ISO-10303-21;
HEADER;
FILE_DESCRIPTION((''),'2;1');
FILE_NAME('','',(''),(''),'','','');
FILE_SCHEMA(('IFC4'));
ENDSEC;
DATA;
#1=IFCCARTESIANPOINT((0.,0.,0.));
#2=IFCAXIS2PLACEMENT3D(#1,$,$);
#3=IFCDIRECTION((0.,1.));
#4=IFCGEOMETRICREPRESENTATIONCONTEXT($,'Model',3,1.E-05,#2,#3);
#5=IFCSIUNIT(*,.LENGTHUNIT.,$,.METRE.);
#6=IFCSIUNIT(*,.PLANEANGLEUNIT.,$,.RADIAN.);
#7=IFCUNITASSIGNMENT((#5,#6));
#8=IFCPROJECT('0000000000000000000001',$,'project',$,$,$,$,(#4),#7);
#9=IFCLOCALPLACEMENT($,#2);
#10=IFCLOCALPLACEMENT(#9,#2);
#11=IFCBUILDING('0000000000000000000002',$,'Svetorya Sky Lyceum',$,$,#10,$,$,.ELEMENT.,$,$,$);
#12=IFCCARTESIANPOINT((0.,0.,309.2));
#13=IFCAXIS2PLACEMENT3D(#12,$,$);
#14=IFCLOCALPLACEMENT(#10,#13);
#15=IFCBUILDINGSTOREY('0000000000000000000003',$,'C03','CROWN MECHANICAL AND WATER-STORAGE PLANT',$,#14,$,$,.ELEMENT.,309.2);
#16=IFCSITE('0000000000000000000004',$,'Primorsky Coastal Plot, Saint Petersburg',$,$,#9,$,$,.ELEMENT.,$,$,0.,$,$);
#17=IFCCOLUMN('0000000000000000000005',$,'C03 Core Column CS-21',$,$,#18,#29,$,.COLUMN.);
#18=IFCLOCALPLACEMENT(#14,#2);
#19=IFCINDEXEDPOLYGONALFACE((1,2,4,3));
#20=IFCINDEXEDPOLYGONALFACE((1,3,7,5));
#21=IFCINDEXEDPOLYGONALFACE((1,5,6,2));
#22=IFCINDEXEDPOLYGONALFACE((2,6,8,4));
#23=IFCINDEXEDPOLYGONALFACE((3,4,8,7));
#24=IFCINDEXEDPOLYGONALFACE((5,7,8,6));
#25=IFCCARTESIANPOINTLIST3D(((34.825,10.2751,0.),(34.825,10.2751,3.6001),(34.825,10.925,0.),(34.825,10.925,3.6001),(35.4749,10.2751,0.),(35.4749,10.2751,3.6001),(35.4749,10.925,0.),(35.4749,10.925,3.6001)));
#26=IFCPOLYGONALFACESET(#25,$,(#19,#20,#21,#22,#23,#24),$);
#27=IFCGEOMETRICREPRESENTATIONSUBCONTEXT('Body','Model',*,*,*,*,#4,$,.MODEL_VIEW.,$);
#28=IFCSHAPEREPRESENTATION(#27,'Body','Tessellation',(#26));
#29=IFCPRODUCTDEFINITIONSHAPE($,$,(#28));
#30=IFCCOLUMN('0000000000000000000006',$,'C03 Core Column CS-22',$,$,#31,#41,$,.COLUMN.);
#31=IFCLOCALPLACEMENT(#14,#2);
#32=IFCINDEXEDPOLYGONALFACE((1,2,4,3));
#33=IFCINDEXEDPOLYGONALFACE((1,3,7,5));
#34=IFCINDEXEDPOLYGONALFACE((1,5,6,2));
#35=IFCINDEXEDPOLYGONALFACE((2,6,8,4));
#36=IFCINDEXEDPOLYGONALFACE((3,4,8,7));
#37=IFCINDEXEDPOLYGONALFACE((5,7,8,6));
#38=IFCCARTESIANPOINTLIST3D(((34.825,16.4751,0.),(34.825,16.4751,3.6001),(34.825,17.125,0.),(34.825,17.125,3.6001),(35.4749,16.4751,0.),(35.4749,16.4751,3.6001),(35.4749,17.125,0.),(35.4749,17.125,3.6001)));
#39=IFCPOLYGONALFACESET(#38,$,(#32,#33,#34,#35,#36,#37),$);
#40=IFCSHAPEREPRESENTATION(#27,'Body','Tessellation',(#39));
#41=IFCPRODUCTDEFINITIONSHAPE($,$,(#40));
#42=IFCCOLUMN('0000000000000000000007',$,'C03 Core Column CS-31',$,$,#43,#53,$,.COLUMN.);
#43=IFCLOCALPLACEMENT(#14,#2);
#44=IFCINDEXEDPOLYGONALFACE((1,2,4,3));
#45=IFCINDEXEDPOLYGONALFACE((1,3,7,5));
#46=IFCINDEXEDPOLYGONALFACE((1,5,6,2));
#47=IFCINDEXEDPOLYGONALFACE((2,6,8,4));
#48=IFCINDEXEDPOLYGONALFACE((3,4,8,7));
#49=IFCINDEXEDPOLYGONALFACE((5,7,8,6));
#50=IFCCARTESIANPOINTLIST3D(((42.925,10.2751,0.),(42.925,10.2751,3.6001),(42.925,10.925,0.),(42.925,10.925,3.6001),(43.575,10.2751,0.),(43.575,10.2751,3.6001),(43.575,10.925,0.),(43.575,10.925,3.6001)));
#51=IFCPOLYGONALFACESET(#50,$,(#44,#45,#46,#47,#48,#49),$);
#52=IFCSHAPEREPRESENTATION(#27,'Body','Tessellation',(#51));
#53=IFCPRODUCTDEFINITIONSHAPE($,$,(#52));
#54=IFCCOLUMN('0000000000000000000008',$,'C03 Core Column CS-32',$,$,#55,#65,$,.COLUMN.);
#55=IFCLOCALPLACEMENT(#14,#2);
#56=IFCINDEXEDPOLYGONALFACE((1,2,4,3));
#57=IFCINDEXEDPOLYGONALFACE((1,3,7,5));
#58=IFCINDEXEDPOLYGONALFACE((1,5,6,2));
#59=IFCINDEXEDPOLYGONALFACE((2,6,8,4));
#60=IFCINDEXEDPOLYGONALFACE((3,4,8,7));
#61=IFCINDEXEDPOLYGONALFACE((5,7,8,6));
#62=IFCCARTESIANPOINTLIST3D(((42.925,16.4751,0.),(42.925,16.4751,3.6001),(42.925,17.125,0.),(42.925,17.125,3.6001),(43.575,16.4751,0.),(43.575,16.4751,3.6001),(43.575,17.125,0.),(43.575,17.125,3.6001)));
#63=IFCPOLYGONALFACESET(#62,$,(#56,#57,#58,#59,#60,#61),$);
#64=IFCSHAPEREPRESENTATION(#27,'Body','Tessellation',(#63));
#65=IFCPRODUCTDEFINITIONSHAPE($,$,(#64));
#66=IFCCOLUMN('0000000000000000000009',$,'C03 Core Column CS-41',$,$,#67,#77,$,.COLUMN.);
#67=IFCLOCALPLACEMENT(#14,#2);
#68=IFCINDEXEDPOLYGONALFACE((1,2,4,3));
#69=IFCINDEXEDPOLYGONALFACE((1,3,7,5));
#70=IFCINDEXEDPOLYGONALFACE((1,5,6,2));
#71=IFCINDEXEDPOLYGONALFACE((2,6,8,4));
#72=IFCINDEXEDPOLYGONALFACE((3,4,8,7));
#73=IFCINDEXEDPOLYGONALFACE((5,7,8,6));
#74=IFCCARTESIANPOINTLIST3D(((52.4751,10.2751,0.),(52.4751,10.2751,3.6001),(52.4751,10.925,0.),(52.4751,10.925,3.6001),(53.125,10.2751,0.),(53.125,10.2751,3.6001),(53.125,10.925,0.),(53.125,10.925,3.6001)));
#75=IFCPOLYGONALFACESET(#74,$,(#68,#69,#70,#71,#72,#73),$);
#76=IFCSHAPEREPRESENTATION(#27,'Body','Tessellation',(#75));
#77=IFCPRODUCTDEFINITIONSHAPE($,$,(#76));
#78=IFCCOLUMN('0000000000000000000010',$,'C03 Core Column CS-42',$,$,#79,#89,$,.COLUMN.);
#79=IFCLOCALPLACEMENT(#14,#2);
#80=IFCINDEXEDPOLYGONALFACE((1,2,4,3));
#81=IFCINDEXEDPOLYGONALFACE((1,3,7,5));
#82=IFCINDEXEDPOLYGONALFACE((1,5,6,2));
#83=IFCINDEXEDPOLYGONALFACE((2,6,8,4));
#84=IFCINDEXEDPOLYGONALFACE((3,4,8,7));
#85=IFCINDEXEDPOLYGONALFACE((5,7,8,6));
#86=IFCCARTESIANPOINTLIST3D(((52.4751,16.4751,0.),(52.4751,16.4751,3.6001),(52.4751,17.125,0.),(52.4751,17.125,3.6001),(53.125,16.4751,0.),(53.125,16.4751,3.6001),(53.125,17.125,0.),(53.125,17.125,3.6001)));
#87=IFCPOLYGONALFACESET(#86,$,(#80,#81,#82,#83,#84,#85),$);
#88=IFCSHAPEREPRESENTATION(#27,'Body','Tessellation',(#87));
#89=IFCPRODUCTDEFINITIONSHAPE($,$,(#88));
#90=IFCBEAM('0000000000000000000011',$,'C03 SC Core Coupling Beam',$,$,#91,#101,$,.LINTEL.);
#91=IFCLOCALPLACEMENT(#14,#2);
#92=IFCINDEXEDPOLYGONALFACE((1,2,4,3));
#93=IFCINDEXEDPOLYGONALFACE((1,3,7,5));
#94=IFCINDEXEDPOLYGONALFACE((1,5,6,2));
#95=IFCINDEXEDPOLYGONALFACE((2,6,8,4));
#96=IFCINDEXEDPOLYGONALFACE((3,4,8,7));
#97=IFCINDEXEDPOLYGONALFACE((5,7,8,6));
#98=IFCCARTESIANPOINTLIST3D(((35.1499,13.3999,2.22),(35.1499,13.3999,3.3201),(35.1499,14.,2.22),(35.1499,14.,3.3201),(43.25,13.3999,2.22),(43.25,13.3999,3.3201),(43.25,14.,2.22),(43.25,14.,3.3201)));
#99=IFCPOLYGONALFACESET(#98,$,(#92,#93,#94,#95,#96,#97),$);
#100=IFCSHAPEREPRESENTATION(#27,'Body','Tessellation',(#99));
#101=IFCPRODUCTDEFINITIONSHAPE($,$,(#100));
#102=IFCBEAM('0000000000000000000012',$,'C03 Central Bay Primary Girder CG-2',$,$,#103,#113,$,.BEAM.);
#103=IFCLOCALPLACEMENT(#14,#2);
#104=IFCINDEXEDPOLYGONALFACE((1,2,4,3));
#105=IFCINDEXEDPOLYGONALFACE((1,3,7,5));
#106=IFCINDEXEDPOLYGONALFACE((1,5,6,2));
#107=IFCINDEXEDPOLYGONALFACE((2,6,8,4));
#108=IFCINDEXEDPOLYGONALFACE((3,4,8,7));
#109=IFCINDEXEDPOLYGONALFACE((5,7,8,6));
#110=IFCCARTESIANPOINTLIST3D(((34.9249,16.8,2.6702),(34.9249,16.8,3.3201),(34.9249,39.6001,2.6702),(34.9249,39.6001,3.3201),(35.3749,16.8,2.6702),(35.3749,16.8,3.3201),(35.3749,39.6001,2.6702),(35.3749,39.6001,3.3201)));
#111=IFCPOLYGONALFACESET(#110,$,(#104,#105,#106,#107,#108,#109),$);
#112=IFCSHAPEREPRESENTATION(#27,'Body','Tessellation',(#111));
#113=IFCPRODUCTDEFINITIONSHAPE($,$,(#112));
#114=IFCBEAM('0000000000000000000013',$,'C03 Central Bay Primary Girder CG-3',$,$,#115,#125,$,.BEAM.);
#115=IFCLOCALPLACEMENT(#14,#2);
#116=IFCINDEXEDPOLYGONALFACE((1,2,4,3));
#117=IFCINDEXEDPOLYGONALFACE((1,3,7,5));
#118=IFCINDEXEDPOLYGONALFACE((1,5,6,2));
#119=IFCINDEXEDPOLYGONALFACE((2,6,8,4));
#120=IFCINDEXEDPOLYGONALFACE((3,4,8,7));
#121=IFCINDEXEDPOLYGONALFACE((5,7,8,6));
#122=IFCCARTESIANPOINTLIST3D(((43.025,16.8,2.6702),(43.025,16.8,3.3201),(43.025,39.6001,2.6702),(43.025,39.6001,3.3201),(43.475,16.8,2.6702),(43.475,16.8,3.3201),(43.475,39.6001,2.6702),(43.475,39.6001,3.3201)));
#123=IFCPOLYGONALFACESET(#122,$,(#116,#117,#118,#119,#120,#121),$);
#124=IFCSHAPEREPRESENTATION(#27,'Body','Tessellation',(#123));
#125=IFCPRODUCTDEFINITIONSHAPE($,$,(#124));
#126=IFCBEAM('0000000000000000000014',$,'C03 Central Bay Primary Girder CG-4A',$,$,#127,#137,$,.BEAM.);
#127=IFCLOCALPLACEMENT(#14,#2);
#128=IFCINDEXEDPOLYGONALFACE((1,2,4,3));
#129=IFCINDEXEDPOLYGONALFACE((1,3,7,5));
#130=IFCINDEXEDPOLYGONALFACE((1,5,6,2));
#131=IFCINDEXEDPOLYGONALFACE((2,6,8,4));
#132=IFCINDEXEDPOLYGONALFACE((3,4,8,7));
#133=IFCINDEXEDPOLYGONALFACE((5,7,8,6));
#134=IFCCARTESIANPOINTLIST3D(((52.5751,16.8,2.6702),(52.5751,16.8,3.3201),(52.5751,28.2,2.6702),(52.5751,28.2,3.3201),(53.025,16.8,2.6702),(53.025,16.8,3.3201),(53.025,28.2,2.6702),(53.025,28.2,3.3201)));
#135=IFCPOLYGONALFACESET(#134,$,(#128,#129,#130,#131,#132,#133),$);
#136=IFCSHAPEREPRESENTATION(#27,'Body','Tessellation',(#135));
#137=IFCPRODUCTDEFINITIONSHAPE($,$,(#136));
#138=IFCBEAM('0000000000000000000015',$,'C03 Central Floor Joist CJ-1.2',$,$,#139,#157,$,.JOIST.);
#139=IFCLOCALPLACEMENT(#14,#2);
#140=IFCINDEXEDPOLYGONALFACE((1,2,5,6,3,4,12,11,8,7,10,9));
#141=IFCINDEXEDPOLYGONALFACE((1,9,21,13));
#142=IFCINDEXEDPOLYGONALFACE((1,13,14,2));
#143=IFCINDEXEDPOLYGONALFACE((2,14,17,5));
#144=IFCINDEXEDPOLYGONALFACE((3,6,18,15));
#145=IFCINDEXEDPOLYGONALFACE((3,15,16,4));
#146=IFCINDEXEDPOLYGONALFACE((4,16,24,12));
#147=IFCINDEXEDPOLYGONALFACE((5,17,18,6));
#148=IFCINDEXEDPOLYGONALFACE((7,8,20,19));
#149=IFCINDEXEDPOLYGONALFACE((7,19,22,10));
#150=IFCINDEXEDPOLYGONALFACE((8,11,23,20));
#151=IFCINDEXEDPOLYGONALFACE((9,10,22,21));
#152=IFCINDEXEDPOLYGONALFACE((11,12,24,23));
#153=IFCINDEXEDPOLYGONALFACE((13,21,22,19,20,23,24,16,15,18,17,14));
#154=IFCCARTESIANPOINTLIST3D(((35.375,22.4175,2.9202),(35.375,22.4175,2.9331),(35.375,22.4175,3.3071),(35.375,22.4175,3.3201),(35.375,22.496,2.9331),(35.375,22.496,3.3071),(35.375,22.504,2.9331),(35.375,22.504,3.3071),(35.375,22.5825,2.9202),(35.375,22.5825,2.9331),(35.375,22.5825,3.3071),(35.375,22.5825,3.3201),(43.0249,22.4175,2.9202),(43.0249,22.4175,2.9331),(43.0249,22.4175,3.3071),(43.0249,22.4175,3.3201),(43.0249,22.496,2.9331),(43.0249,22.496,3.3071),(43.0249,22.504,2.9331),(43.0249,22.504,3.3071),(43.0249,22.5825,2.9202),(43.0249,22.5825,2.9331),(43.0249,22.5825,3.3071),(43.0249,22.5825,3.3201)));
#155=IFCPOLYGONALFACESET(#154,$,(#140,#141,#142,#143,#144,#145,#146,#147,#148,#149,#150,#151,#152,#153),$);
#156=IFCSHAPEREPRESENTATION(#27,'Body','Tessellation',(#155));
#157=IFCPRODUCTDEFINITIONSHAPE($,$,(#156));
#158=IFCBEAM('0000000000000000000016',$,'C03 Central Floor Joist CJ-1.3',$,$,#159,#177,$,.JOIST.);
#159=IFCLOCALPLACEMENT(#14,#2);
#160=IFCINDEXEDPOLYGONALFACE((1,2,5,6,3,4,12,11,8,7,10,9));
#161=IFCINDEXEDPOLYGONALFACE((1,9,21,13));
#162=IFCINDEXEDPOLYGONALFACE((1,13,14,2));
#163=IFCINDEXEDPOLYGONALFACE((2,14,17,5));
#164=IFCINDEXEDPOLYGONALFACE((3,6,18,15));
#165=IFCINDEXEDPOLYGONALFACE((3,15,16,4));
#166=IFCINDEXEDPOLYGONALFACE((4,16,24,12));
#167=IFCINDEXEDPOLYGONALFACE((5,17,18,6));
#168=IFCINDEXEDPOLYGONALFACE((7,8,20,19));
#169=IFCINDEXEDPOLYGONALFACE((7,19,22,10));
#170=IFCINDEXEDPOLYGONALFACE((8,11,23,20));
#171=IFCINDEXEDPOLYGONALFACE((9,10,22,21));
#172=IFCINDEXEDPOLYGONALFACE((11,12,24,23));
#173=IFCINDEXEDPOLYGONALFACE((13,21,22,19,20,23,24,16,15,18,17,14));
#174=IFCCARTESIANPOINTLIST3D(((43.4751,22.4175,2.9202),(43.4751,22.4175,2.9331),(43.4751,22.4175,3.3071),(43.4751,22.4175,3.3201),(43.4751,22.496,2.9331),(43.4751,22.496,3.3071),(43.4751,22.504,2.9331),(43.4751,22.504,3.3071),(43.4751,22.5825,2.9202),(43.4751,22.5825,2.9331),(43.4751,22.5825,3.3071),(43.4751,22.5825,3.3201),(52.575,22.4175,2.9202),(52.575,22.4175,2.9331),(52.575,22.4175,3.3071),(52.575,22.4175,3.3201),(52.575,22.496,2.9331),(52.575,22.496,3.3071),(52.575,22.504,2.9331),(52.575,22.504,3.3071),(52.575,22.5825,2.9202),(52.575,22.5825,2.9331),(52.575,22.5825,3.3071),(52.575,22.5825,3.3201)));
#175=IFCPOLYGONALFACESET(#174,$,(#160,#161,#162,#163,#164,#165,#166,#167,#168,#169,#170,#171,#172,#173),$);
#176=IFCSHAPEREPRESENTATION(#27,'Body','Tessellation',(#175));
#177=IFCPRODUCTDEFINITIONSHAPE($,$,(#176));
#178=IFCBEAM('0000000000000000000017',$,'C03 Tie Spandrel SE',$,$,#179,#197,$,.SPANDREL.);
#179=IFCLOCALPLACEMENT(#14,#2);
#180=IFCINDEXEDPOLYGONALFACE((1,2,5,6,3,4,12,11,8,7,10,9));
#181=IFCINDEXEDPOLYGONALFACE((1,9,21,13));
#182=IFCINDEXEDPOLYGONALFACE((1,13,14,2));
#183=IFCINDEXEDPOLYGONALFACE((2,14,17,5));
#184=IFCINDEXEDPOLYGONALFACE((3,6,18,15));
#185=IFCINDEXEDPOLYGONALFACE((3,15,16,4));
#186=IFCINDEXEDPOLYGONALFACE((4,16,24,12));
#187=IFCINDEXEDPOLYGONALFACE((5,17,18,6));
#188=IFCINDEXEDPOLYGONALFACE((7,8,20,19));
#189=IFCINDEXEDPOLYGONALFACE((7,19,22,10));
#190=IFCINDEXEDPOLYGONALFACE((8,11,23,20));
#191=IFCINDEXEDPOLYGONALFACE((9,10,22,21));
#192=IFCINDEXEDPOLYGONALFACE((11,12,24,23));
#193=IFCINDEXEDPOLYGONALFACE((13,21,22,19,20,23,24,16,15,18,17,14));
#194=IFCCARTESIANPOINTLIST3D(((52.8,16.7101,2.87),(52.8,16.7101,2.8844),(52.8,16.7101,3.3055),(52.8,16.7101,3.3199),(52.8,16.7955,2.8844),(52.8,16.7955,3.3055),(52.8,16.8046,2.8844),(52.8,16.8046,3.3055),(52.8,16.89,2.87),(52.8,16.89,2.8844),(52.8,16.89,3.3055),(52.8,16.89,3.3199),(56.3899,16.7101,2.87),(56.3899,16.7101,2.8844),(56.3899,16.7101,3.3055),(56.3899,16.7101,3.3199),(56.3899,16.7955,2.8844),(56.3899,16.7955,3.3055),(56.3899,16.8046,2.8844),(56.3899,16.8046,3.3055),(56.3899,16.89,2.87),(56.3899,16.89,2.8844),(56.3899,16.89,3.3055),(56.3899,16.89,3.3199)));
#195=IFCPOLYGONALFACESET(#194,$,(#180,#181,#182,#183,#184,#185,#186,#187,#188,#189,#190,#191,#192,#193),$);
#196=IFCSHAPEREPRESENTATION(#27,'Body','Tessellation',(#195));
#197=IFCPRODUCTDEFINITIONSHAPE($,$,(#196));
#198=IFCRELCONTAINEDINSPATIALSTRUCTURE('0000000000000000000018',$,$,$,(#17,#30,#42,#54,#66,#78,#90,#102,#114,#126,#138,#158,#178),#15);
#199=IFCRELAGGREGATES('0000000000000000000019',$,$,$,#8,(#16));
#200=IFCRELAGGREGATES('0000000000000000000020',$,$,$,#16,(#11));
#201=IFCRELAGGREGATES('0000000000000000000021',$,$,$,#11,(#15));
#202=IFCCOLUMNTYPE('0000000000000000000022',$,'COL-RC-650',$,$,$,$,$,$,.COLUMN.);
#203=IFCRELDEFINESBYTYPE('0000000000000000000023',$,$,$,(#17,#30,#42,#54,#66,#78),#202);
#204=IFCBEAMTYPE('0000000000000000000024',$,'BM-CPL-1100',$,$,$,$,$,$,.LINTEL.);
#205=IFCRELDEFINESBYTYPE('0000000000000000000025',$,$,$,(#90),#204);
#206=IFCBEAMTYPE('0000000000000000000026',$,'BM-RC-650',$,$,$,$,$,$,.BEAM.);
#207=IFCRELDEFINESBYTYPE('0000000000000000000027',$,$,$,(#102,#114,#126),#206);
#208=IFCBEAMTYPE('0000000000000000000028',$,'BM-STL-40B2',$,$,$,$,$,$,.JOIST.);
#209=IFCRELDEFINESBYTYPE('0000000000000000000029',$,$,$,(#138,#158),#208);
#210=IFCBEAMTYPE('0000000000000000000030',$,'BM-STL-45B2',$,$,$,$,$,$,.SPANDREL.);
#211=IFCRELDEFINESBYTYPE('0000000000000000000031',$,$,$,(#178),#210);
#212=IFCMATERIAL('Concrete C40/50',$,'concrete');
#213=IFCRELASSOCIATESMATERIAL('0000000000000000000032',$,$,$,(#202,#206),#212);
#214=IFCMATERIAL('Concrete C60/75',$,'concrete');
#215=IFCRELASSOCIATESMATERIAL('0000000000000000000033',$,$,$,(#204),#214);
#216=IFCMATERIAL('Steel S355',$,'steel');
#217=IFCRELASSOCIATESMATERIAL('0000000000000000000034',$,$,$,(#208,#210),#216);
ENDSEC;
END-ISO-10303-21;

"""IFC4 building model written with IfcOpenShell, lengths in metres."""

from ifc_helpers import new_model, si_unit, direction, frame, origin, origin_2d, place, context, subcontext, project, spatial, rectangle, i_section, extrude, material, material_profile, profile_set, type_object, element, save


model = new_model("IFC4")

# Units and contexts
model_context = context("Model", 3, precision=1e-05, world=origin(), true_north=direction((0.0, 1.0)))
body_context = subcontext(model_context, "Body", "Model", "MODEL_VIEW")
ifc_project = project(units=[si_unit("LENGTHUNIT", "METRE"), si_unit("PLANEANGLEUNIT", "RADIAN")], contexts=[model_context])

# Site, building, storey
site_placement = place(None, origin())
site = spatial("IfcSite", under=ifc_project, at=site_placement, Name="Primorsky Coastal Plot, Saint Petersburg", CompositionType="ELEMENT", RefElevation=0.0)
building_placement = place(site_placement, origin())
building = spatial("IfcBuilding", under=site, at=building_placement, Name="Svetorya Sky Lyceum", CompositionType="ELEMENT")
storey_placement = place(building_placement, frame((0.0, 0.0, 309.2)))
storey = spatial("IfcBuildingStorey", under=building, at=storey_placement, Name="C03", Description="CROWN MECHANICAL AND WATER-STORAGE PLANT", CompositionType="ELEMENT", Elevation=309.2)

# Columns
ifc_material_1 = material(Name="Concrete C40/50", Category="concrete")
ifc_material_profile_1 = material_profile(ifc_material_1, rectangle(XDim=0.6499, YDim=0.6499, at=origin_2d()), Name="RC COL 650x650")
ifc_profile_set_1 = profile_set([ifc_material_profile_1], Name="Concrete C40/50")
column_type = type_object("IfcColumnType", Name="COL-RC-650", PredefinedType="COLUMN", material=ifc_profile_set_1)
for number, where, z_axis, x_axis, name in (
    (1, (35.1499, 10.6001, 0.0), (0.0, 0.0, 1.0), (1.0, 0.0, 0.0), "C03 Core Column CS-21"),
    (2, (35.1499, 16.8, 0.0), (0.0, 0.0, 1.0), (1.0, 0.0, 0.0), "C03 Core Column CS-22"),
    (3, (43.25, 10.6001, 0.0), (0.0, 0.0, 1.0), (1.0, 0.0, 0.0), "C03 Core Column CS-31"),
    (4, (43.25, 16.8, 0.0), (0.0, 0.0, 1.0), (1.0, 0.0, 0.0), "C03 Core Column CS-32"),
    (5, (52.8, 10.6001, 0.0), (0.0, 0.0, 1.0), (1.0, 0.0, 0.0), "C03 Core Column CS-41"),
    (6, (52.8, 16.8, 0.0), (0.0, 0.0, 1.0), (1.0, 0.0, 0.0), "C03 Core Column CS-42"),
):
    element("IfcColumn", number, at=place(storey_placement, frame(where, z_axis=z_axis, x_axis=x_axis)), inside=storey, type_object=column_type, Name=name, PredefinedType="COLUMN", context=body_context, shape_type="SweptSolid", body=[
        extrude(rectangle(XDim=0.6499, YDim=0.6499, at=origin_2d()), origin(), (0.0, 0.0, 1.0), 3.6001),
    ])

# Beams
ifc_material_2 = material(Name="Concrete C60/75", Category="concrete")
ifc_material_profile_2 = material_profile(ifc_material_2, rectangle(XDim=0.6001, YDim=1.1001, at=origin_2d()), Name="RC COUPLING 600x1100")
ifc_profile_set_2 = profile_set([ifc_material_profile_2], Name="Concrete C60/75")
beam_type_1 = type_object("IfcBeamType", Name="BM-CPL-1100", PredefinedType="LINTEL", material=ifc_profile_set_2)
beam_1_placement = place(storey_placement, frame((35.1499, 13.7, 2.77), z_axis=(1.0, 0.0, 0.0), x_axis=(0.0, 1.0, 0.0)))
element("IfcBeam", 7, at=beam_1_placement, inside=storey, type_object=beam_type_1, Name="C03 SC Core Coupling Beam", PredefinedType="LINTEL", context=body_context, shape_type="SweptSolid", body=[
    extrude(rectangle(XDim=0.6001, YDim=1.1001, at=origin_2d()), origin(), (0.0, 0.0, 1.0), 8.1001),
])
ifc_material_profile_3 = material_profile(ifc_material_1, rectangle(XDim=0.45, YDim=0.6499, at=origin_2d()), Name="RC BEAM 450x650")
ifc_profile_set_3 = profile_set([ifc_material_profile_3], Name="Concrete C40/50")
beam_type_2 = type_object("IfcBeamType", Name="BM-RC-650", PredefinedType="BEAM", material=ifc_profile_set_3)
for number, where, z_axis, x_axis, name in (
    (8, (35.1499, 16.8, 2.9951), (0.0, 1.0, 0.0), (-1.0, 0.0, 0.0), "C03 Central Bay Primary Girder CG-2"),
    (9, (43.25, 16.8, 2.9951), (0.0, 1.0, 0.0), (-1.0, 0.0, 0.0), "C03 Central Bay Primary Girder CG-3"),
):
    element("IfcBeam", number, at=place(storey_placement, frame(where, z_axis=z_axis, x_axis=x_axis)), inside=storey, type_object=beam_type_2, Name=name, PredefinedType="BEAM", context=body_context, shape_type="SweptSolid", body=[
        extrude(rectangle(XDim=0.45, YDim=0.6499, at=origin_2d()), origin(), (0.0, 0.0, 1.0), 22.8),
    ])
beam_2_placement = place(storey_placement, frame((52.8, 16.8, 2.9951), z_axis=(0.0, 1.0, 0.0), x_axis=(-1.0, 0.0, 0.0)))
element("IfcBeam", 10, at=beam_2_placement, inside=storey, type_object=beam_type_2, Name="C03 Central Bay Primary Girder CG-4A", PredefinedType="BEAM", context=body_context, shape_type="SweptSolid", body=[
    extrude(rectangle(XDim=0.45, YDim=0.6499, at=origin_2d()), origin(), (0.0, 0.0, 1.0), 11.3999),
])
ifc_material_3 = material(Name="Steel S355", Category="steel")
ifc_material_profile_4 = material_profile(ifc_material_3, i_section(OverallWidth=0.165, OverallDepth=0.3999, WebThickness=0.0081, FlangeThickness=0.0129, at=origin_2d()), Name="GOST 40B2")
ifc_profile_set_4 = profile_set([ifc_material_profile_4], Name="Steel S355")
beam_type_3 = type_object("IfcBeamType", Name="BM-STL-40B2", PredefinedType="JOIST", material=ifc_profile_set_4)
beam_3_placement = place(storey_placement, frame((35.375, 22.5, 3.1201), z_axis=(1.0, 0.0, 0.0), x_axis=(0.0, 1.0, 0.0)))
element("IfcBeam", 11, at=beam_3_placement, inside=storey, type_object=beam_type_3, Name="C03 Central Floor Joist CJ-1.2", PredefinedType="JOIST", context=body_context, shape_type="SweptSolid", body=[
    extrude(i_section(OverallWidth=0.165, OverallDepth=0.3999, WebThickness=0.0081, FlangeThickness=0.0129, at=origin_2d()), origin(), (0.0, 0.0, 1.0), 7.6499),
])
beam_4_placement = place(storey_placement, frame((43.4751, 22.5, 3.1201), z_axis=(1.0, 0.0, 0.0), x_axis=(0.0, 1.0, 0.0)))
element("IfcBeam", 12, at=beam_4_placement, inside=storey, type_object=beam_type_3, Name="C03 Central Floor Joist CJ-1.3", PredefinedType="JOIST", context=body_context, shape_type="SweptSolid", body=[
    extrude(i_section(OverallWidth=0.165, OverallDepth=0.3999, WebThickness=0.0081, FlangeThickness=0.0129, at=origin_2d()), origin(), (0.0, 0.0, 1.0), 9.0999),
])
ifc_material_profile_5 = material_profile(ifc_material_3, i_section(OverallWidth=0.1799, OverallDepth=0.45, WebThickness=0.009, FlangeThickness=0.0144, at=origin_2d()), Name="GOST 45B2")
ifc_profile_set_5 = profile_set([ifc_material_profile_5], Name="Steel S355")
beam_type_4 = type_object("IfcBeamType", Name="BM-STL-45B2", PredefinedType="SPANDREL", material=ifc_profile_set_5)
beam_5_placement = place(storey_placement, frame((52.8, 16.8, 3.095), z_axis=(1.0, 0.0, 0.0), x_axis=(0.0, 1.0, 0.0)))
element("IfcBeam", 13, at=beam_5_placement, inside=storey, type_object=beam_type_4, Name="C03 Tie Spandrel SE", PredefinedType="SPANDREL", context=body_context, shape_type="SweptSolid", body=[
    extrude(i_section(OverallWidth=0.1799, OverallDepth=0.45, WebThickness=0.009, FlangeThickness=0.0144, at=origin_2d()), origin(), (0.0, 0.0, 1.0), 3.5898),
])

save(model, "model.ifc")
